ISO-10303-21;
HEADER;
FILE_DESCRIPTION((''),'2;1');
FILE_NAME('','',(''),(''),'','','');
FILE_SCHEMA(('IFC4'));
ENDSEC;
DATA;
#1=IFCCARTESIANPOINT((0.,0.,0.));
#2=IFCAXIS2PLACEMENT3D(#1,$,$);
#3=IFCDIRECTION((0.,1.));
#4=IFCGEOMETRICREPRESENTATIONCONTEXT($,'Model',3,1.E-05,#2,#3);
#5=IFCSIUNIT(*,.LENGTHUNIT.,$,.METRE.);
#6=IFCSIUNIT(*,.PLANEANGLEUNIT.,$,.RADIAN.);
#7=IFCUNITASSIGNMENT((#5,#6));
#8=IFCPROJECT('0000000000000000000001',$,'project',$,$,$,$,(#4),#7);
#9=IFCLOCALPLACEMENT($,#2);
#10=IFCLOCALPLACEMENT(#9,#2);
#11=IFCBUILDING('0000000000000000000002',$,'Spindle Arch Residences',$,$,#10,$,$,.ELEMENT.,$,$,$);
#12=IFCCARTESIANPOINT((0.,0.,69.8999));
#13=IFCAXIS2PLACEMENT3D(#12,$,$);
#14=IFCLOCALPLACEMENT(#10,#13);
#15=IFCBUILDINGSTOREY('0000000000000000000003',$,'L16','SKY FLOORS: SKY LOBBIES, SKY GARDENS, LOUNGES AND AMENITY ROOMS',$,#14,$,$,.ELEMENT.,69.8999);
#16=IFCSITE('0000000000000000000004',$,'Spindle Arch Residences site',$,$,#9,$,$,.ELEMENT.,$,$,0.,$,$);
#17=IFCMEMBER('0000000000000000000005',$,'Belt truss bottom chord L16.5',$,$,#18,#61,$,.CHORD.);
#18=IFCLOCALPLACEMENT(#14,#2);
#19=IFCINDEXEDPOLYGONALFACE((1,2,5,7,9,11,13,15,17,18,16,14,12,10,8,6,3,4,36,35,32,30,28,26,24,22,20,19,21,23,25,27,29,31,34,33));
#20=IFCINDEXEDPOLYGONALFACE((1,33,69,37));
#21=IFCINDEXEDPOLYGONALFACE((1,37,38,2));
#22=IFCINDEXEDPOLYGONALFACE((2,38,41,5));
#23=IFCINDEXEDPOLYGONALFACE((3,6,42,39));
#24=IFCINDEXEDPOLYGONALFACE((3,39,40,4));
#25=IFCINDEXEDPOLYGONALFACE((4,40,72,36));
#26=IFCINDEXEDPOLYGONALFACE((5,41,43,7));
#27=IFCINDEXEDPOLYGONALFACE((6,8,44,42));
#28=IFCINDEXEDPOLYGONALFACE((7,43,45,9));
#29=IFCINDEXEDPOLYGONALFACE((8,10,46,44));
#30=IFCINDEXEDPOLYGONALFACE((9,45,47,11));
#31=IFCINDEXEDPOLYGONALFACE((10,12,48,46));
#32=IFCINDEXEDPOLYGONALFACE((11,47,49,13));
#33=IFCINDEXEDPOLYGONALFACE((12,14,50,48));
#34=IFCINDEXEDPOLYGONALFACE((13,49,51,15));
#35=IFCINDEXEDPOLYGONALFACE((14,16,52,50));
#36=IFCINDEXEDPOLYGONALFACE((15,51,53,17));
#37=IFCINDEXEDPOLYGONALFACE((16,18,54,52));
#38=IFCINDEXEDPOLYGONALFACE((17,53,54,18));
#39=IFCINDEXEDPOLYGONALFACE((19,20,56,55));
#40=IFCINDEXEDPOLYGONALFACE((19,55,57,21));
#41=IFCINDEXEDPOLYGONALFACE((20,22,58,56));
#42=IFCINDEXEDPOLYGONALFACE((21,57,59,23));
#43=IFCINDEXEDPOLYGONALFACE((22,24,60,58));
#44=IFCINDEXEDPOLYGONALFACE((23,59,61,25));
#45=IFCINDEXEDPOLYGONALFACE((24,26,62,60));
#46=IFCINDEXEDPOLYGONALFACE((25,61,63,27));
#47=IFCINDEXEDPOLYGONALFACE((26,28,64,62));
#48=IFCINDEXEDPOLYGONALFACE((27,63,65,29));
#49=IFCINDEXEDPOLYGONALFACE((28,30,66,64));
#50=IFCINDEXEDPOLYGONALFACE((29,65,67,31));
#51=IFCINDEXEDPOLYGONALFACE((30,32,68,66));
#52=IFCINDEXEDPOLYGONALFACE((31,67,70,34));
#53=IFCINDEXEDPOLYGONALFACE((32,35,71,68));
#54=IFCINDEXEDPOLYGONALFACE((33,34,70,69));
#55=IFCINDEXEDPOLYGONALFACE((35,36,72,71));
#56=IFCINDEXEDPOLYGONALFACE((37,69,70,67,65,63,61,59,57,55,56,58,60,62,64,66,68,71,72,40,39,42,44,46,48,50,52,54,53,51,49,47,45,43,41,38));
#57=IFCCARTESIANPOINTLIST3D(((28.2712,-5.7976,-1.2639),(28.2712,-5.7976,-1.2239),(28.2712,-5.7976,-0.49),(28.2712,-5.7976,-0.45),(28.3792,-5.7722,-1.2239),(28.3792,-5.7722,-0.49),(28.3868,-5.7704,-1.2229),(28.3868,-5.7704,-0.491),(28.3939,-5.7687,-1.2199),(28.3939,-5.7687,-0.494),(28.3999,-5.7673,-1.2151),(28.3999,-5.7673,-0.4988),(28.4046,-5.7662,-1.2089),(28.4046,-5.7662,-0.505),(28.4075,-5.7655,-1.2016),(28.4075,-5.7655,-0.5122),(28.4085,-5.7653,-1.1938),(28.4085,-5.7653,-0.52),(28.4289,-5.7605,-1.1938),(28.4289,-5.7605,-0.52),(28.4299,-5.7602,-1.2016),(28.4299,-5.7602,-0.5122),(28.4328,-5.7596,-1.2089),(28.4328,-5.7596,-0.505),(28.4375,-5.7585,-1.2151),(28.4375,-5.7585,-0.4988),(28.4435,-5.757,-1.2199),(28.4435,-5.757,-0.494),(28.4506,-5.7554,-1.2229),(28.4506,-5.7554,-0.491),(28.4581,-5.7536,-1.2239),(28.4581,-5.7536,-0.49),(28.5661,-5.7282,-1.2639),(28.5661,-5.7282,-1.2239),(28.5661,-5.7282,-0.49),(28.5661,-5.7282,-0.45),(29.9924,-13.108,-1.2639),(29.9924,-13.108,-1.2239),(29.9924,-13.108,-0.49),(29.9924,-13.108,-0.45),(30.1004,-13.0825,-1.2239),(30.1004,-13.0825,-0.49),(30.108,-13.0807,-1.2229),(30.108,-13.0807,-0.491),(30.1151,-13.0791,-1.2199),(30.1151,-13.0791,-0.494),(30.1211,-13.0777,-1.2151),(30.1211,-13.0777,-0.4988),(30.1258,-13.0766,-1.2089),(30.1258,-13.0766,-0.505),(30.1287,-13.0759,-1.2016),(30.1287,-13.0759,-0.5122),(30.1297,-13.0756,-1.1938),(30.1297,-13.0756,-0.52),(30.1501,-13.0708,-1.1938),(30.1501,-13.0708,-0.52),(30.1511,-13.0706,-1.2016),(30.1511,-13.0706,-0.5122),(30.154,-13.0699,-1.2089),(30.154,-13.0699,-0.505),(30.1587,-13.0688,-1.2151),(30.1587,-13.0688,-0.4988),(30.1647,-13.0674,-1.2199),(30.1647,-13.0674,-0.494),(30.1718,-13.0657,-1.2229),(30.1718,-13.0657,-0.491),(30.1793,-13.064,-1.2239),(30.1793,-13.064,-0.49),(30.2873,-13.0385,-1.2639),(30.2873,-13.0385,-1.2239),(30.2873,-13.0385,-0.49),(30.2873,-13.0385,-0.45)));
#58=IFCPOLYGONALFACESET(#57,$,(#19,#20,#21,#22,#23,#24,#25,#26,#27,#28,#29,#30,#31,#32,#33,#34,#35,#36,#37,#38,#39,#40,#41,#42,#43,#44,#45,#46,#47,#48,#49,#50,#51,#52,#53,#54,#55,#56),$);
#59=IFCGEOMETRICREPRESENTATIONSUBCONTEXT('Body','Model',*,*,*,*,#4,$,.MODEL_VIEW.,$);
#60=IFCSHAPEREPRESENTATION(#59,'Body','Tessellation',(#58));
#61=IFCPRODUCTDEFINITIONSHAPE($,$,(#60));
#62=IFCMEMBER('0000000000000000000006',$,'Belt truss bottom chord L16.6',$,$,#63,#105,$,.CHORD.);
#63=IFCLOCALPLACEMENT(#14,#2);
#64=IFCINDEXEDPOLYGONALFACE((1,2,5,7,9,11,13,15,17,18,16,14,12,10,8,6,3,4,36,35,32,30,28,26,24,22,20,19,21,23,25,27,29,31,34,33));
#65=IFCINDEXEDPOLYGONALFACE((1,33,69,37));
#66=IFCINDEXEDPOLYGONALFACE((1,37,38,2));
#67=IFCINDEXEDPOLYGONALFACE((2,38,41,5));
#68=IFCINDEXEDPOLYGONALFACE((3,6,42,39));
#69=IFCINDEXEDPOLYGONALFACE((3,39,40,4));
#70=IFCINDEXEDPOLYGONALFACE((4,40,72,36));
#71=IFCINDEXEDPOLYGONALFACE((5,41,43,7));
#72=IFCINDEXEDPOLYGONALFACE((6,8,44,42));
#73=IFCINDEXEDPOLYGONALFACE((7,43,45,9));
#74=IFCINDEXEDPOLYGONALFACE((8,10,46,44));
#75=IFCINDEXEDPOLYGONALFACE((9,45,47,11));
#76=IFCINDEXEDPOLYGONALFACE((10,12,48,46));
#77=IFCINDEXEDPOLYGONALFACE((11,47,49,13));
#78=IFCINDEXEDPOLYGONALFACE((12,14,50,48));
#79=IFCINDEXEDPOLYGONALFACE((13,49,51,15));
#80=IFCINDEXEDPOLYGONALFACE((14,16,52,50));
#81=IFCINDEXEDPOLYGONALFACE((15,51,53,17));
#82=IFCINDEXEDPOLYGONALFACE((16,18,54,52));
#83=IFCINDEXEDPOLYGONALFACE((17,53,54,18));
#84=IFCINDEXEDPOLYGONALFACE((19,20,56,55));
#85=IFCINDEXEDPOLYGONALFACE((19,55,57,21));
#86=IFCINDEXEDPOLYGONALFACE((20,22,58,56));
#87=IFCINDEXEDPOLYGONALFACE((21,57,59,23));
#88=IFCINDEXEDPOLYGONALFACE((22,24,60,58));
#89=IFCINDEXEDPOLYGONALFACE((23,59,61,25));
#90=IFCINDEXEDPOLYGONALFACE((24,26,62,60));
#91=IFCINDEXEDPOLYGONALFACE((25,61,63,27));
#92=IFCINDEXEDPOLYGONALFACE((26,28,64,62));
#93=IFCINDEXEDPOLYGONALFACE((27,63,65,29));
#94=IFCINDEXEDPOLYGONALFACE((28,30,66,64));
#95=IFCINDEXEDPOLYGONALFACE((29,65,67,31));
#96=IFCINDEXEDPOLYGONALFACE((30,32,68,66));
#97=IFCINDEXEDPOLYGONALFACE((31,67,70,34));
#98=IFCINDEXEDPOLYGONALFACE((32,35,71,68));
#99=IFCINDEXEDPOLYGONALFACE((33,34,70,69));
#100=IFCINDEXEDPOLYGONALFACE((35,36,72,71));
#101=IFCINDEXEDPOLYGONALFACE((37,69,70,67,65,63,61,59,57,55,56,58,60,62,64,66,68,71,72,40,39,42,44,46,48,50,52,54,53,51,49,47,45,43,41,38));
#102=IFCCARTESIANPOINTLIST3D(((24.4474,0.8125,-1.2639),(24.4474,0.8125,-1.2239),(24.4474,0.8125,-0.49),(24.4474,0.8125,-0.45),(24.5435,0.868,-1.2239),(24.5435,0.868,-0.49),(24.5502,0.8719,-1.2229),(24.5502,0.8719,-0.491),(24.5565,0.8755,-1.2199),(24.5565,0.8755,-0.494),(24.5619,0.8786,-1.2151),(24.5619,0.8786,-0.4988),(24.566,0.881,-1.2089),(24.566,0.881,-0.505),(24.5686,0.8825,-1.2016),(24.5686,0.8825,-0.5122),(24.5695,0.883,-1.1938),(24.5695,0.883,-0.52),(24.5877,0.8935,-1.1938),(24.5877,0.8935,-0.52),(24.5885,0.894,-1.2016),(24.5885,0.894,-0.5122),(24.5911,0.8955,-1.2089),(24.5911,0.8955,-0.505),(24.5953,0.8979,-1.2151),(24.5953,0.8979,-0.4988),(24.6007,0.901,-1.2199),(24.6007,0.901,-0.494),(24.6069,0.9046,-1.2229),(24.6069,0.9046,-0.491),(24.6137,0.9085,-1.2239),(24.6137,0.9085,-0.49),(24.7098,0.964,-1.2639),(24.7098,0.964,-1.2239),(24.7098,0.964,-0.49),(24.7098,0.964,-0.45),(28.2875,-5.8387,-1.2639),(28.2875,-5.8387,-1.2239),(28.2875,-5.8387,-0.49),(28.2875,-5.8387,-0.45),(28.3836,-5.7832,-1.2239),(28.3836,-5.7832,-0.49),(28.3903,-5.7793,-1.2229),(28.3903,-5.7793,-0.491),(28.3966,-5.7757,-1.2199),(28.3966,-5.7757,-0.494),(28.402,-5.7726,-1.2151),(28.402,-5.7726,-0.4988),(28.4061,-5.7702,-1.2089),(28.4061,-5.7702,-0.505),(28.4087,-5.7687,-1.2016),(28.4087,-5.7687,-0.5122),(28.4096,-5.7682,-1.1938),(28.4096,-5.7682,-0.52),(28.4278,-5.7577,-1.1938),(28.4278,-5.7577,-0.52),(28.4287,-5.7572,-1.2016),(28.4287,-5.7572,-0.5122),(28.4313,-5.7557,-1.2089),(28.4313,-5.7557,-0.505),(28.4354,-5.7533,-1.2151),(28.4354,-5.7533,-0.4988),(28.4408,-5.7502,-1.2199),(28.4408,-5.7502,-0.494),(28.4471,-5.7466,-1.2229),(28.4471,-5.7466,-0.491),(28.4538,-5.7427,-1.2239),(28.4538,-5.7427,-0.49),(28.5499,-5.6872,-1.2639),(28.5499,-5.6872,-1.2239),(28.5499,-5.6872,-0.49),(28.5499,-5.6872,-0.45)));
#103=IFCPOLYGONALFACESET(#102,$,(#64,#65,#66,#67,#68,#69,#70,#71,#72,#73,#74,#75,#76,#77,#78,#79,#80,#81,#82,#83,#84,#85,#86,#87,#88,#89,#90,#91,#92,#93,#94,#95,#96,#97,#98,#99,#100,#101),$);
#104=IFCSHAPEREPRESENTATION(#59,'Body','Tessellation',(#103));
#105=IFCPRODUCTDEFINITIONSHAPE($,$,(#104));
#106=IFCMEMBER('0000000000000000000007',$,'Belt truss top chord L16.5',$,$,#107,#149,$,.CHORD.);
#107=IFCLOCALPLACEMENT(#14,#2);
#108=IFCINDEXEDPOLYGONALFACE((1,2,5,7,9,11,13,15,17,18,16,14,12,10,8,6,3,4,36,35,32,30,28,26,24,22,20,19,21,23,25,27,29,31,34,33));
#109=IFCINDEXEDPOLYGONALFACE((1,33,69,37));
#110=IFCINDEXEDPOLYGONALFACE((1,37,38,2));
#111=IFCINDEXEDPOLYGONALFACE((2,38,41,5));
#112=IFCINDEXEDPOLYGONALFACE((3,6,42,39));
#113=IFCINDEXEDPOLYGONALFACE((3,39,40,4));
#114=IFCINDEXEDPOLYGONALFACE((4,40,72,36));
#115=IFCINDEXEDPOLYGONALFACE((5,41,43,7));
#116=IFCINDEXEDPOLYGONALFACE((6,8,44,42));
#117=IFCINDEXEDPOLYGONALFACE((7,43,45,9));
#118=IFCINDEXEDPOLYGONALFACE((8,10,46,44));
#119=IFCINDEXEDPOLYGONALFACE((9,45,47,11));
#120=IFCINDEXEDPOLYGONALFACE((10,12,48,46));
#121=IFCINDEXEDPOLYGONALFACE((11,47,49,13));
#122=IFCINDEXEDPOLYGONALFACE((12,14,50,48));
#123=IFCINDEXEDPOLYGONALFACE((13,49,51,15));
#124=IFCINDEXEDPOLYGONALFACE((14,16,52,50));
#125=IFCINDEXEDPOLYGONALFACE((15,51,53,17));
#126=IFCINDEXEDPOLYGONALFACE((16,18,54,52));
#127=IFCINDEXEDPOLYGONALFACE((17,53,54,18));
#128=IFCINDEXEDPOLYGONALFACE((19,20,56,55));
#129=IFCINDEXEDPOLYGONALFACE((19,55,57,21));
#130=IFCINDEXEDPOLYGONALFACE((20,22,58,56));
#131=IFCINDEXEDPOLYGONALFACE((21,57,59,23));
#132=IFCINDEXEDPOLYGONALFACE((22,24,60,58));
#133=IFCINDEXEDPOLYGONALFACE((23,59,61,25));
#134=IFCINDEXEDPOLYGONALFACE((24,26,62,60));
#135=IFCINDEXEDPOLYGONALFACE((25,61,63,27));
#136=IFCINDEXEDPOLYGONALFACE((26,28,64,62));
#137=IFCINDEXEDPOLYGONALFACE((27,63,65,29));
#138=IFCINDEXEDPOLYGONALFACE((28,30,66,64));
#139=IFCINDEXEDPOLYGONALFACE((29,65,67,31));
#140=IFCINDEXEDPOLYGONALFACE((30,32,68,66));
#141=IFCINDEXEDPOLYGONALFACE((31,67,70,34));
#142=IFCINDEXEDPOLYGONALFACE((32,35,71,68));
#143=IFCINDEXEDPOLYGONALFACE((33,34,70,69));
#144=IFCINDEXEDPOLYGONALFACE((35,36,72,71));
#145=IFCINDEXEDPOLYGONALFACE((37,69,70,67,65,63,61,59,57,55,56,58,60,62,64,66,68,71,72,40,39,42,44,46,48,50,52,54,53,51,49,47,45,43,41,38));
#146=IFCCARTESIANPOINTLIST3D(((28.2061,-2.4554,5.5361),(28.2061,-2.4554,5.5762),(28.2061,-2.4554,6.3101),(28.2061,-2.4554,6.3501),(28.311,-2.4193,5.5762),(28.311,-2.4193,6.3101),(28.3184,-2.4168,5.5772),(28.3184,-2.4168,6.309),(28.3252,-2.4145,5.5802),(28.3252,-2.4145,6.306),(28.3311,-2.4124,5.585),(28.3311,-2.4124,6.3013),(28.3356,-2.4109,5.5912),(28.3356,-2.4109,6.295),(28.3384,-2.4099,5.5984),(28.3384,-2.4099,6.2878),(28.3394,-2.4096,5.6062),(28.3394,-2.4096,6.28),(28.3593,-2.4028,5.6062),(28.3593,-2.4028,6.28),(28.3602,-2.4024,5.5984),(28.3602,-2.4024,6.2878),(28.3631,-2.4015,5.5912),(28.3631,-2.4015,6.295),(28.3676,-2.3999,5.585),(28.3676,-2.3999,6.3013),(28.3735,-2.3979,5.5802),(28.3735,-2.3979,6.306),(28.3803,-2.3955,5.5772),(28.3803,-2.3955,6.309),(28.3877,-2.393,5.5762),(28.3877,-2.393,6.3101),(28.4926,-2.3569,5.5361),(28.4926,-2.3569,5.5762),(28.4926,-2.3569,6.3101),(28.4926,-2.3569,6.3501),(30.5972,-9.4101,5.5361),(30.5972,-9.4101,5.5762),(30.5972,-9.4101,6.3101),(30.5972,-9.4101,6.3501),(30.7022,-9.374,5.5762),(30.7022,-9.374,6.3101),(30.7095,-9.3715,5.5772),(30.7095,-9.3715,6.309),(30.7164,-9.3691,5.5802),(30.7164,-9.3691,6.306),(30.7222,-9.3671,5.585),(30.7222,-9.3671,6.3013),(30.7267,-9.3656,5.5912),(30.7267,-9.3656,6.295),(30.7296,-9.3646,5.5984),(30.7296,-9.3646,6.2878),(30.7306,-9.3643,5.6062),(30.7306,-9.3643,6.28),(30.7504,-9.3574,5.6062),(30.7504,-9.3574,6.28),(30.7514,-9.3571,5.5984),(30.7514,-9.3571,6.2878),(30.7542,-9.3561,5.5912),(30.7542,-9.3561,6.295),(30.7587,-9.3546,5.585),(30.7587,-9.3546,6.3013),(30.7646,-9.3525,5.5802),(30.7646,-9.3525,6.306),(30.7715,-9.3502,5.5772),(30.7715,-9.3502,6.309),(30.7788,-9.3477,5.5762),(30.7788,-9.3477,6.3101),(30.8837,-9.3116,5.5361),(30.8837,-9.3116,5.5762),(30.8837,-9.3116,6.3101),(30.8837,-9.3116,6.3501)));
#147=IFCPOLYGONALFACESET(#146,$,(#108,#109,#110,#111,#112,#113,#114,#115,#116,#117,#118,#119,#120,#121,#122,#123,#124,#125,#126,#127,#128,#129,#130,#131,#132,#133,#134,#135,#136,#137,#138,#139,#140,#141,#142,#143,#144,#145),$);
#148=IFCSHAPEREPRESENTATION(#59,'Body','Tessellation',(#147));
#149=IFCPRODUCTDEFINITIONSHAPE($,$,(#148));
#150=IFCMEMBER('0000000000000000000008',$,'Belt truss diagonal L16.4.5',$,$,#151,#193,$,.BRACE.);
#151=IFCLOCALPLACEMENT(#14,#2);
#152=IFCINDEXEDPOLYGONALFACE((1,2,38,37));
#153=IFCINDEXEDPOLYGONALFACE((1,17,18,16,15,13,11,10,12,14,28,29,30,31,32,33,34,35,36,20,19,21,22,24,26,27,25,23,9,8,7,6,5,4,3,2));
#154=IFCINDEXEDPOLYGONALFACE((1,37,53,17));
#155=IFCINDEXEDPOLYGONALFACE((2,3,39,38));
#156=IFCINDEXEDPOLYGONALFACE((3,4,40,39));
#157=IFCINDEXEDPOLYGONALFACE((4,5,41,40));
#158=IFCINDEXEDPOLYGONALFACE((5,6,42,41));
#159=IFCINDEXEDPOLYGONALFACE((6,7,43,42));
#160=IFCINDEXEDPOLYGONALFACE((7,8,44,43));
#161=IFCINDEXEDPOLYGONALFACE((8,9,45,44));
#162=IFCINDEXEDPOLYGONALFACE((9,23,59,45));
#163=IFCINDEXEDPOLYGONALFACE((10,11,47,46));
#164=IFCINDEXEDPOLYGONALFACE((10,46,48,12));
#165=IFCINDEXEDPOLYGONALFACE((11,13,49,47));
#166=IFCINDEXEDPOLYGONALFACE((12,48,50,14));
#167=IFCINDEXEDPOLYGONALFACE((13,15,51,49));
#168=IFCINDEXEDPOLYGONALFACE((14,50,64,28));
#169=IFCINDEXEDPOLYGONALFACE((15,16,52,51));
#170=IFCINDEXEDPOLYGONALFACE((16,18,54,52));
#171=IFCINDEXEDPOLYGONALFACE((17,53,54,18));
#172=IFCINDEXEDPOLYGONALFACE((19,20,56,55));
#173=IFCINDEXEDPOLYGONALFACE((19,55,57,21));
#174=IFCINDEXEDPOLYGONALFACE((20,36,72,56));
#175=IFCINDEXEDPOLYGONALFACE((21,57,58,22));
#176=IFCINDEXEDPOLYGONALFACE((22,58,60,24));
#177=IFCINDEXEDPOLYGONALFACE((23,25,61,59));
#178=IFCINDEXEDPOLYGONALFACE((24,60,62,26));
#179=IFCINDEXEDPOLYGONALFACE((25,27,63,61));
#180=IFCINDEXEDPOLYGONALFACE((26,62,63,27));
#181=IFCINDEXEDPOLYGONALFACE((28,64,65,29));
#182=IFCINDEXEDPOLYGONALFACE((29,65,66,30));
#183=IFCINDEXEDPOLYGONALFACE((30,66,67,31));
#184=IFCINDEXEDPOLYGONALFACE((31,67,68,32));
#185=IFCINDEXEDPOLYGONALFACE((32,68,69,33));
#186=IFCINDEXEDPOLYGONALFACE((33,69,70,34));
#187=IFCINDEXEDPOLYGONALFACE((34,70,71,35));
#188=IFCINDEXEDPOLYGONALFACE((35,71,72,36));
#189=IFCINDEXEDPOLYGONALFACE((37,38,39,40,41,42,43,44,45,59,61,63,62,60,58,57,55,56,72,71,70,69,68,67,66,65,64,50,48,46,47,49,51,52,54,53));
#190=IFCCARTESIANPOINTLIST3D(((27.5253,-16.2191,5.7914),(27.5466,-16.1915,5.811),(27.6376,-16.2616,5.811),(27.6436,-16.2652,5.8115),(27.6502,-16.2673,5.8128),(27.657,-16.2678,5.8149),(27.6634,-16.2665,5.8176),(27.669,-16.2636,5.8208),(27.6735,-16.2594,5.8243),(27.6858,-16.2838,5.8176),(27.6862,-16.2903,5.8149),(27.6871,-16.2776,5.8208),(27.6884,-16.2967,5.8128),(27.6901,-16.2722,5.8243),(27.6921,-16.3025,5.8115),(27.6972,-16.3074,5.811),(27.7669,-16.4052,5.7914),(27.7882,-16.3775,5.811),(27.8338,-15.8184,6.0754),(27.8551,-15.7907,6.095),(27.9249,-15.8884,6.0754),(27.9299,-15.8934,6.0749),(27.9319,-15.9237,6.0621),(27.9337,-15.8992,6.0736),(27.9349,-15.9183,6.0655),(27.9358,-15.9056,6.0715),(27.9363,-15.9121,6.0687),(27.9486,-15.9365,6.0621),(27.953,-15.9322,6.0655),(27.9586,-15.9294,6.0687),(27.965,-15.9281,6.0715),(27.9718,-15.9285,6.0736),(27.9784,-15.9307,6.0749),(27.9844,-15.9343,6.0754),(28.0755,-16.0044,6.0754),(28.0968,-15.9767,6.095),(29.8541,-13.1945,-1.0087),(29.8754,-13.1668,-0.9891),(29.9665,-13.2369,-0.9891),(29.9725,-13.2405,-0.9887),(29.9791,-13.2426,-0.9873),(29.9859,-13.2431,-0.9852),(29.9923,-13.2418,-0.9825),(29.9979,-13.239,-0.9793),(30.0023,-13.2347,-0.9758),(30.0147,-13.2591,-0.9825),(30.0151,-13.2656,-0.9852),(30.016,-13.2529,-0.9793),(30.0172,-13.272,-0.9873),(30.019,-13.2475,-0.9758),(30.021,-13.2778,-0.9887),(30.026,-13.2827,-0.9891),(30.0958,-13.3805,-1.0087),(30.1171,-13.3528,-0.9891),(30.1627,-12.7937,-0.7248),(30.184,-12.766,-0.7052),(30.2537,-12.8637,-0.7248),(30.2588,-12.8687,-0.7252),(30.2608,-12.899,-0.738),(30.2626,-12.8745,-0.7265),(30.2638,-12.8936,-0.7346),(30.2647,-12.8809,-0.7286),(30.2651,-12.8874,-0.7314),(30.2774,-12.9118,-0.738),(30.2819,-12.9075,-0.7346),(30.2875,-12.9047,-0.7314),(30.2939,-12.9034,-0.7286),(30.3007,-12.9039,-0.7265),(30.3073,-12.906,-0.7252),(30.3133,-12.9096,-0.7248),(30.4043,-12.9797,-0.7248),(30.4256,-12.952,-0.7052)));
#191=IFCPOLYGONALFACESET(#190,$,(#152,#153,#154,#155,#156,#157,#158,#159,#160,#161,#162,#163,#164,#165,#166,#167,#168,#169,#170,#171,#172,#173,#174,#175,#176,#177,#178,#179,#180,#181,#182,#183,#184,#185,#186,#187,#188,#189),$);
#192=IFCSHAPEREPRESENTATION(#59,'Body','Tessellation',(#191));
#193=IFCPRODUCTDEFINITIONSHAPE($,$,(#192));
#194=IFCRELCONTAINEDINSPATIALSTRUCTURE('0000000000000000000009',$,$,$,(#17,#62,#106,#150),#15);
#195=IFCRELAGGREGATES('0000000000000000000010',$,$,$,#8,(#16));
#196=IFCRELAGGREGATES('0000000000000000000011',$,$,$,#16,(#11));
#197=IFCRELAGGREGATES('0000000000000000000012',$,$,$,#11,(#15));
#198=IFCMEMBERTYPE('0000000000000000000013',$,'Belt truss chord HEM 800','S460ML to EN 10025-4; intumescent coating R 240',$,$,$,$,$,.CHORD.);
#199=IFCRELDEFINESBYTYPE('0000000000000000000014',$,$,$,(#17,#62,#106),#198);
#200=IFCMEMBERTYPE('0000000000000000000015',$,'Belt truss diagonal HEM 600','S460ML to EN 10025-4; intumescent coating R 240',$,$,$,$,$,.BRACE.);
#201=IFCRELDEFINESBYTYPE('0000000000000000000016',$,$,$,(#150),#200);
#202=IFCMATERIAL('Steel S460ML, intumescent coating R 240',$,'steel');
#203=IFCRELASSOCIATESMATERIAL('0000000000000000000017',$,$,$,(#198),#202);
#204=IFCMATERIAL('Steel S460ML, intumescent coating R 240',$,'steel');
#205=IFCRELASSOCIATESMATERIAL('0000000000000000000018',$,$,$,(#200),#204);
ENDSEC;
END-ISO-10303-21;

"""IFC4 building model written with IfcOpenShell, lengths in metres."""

from ifc_helpers import new_model, si_unit, direction, frame, origin, origin_2d, place, context, subcontext, project, spatial, i_section, extrude, material, material_profile, profile_set, type_object, element, save


model = new_model("IFC4")

# Units and contexts
model_context = context("Model", 3, precision=1e-05, world=origin(), true_north=direction((0.0, 1.0)))
body_context = subcontext(model_context, "Body", "Model", "MODEL_VIEW")
ifc_project = project(units=[si_unit("LENGTHUNIT", "METRE"), si_unit("PLANEANGLEUNIT", "RADIAN")], contexts=[model_context])

# Site, building, storey
site_placement = place(None, origin())
site = spatial("IfcSite", under=ifc_project, at=site_placement, Name="Spindle Arch Residences site", CompositionType="ELEMENT", RefElevation=0.0)
building_placement = place(site_placement, origin())
building = spatial("IfcBuilding", under=site, at=building_placement, Name="Spindle Arch Residences", CompositionType="ELEMENT")
storey_placement = place(building_placement, frame((0.0, 0.0, 69.8999)))
storey = spatial("IfcBuildingStorey", under=building, at=storey_placement, Name="L16", Description="SKY FLOORS: SKY LOBBIES, SKY GARDENS, LOUNGES AND AMENITY ROOMS", CompositionType="ELEMENT", Elevation=69.8999)

# Members
ifc_material_1 = material(Name="Steel S460ML, intumescent coating R 240", Category="steel")
ifc_material_profile_1 = material_profile(ifc_material_1, i_section(OverallWidth=0.303, OverallDepth=0.814, WebThickness=0.021, FlangeThickness=0.04, FilletRadius=0.03, at=origin_2d()), Name="HEM 800")
ifc_profile_set_1 = profile_set([ifc_material_profile_1], Name="Steel S460ML, intumescent coating R 240")
member_type_1 = type_object("IfcMemberType", Name="Belt truss chord HEM 800", Description="S460ML to EN 10025-4; intumescent coating R 240", PredefinedType="CHORD", material=ifc_profile_set_1)
member_1_placement = place(storey_placement, frame((30.1399, -13.0732, -0.8569), z_axis=(-0.229181, 0.973384, 0.0), x_axis=(-0.973384, -0.229181, 0.0)))
element("IfcMember", 1, at=member_1_placement, inside=storey, type_object=member_type_1, Name="Belt truss bottom chord L16.5", PredefinedType="CHORD", context=body_context, shape_type="SweptSolid", body=[
    extrude(i_section(OverallWidth=0.303, OverallDepth=0.814, WebThickness=0.021, FlangeThickness=0.04, FilletRadius=0.03, at=origin_2d()), origin(), (0.0, 0.0, 1.0), 7.5103),
])
member_2_placement = place(storey_placement, frame((28.4187, -5.7629, -0.8569), z_axis=(-0.500006, 0.866022, 0.0), x_axis=(-0.866022, -0.500006, 0.0)))
element("IfcMember", 2, at=member_2_placement, inside=storey, type_object=member_type_1, Name="Belt truss bottom chord L16.6", PredefinedType="CHORD", context=body_context, shape_type="SweptSolid", body=[
    extrude(i_section(OverallWidth=0.303, OverallDepth=0.814, WebThickness=0.021, FlangeThickness=0.04, FilletRadius=0.03, at=origin_2d()), origin(), (0.0, 0.0, 1.0), 7.6802),
])
member_3_placement = place(storey_placement, frame((30.7405, -9.3608, 5.9431), z_axis=(-0.325137, 0.945667, 0.0), x_axis=(-0.945667, -0.325137, 0.0)))
element("IfcMember", 3, at=member_3_placement, inside=storey, type_object=member_type_1, Name="Belt truss top chord L16.5", PredefinedType="CHORD", context=body_context, shape_type="SweptSolid", body=[
    extrude(i_section(OverallWidth=0.303, OverallDepth=0.814, WebThickness=0.021, FlangeThickness=0.04, FilletRadius=0.03, at=origin_2d()), origin(), (0.0, 0.0, 1.0), 7.3542),
])
ifc_material_2 = material(Name="Steel S460ML, intumescent coating R 240", Category="steel")
ifc_material_profile_2 = material_profile(ifc_material_2, i_section(OverallWidth=0.3049, OverallDepth=0.6201, WebThickness=0.021, FlangeThickness=0.04, FilletRadius=0.0271, at=origin_2d()), Name="HEM 600")
ifc_profile_set_2 = profile_set([ifc_material_profile_2], Name="Steel S460ML, intumescent coating R 240")
member_type_2 = type_object("IfcMemberType", Name="Belt truss diagonal HEM 600", Description="S460ML to EN 10025-4; intumescent coating R 240", PredefinedType="BRACE", material=ifc_profile_set_2)
member_4_placement = place(storey_placement, frame((30.1399, -13.0732, -0.8569), z_axis=(-0.298638, -0.387863, 0.871996), x_axis=(0.792346, -0.610072, 0.0)))
element("IfcMember", 4, at=member_4_placement, inside=storey, type_object=member_type_2, Name="Belt truss diagonal L16.4.5", PredefinedType="BRACE", context=body_context, shape_type="SweptSolid", body=[
    extrude(i_section(OverallWidth=0.3049, OverallDepth=0.6201, WebThickness=0.021, FlangeThickness=0.04, FilletRadius=0.0271, at=origin_2d()), origin(), (0.0, 0.0, 1.0), 7.7983),
])

save(model, "model.ifc")
